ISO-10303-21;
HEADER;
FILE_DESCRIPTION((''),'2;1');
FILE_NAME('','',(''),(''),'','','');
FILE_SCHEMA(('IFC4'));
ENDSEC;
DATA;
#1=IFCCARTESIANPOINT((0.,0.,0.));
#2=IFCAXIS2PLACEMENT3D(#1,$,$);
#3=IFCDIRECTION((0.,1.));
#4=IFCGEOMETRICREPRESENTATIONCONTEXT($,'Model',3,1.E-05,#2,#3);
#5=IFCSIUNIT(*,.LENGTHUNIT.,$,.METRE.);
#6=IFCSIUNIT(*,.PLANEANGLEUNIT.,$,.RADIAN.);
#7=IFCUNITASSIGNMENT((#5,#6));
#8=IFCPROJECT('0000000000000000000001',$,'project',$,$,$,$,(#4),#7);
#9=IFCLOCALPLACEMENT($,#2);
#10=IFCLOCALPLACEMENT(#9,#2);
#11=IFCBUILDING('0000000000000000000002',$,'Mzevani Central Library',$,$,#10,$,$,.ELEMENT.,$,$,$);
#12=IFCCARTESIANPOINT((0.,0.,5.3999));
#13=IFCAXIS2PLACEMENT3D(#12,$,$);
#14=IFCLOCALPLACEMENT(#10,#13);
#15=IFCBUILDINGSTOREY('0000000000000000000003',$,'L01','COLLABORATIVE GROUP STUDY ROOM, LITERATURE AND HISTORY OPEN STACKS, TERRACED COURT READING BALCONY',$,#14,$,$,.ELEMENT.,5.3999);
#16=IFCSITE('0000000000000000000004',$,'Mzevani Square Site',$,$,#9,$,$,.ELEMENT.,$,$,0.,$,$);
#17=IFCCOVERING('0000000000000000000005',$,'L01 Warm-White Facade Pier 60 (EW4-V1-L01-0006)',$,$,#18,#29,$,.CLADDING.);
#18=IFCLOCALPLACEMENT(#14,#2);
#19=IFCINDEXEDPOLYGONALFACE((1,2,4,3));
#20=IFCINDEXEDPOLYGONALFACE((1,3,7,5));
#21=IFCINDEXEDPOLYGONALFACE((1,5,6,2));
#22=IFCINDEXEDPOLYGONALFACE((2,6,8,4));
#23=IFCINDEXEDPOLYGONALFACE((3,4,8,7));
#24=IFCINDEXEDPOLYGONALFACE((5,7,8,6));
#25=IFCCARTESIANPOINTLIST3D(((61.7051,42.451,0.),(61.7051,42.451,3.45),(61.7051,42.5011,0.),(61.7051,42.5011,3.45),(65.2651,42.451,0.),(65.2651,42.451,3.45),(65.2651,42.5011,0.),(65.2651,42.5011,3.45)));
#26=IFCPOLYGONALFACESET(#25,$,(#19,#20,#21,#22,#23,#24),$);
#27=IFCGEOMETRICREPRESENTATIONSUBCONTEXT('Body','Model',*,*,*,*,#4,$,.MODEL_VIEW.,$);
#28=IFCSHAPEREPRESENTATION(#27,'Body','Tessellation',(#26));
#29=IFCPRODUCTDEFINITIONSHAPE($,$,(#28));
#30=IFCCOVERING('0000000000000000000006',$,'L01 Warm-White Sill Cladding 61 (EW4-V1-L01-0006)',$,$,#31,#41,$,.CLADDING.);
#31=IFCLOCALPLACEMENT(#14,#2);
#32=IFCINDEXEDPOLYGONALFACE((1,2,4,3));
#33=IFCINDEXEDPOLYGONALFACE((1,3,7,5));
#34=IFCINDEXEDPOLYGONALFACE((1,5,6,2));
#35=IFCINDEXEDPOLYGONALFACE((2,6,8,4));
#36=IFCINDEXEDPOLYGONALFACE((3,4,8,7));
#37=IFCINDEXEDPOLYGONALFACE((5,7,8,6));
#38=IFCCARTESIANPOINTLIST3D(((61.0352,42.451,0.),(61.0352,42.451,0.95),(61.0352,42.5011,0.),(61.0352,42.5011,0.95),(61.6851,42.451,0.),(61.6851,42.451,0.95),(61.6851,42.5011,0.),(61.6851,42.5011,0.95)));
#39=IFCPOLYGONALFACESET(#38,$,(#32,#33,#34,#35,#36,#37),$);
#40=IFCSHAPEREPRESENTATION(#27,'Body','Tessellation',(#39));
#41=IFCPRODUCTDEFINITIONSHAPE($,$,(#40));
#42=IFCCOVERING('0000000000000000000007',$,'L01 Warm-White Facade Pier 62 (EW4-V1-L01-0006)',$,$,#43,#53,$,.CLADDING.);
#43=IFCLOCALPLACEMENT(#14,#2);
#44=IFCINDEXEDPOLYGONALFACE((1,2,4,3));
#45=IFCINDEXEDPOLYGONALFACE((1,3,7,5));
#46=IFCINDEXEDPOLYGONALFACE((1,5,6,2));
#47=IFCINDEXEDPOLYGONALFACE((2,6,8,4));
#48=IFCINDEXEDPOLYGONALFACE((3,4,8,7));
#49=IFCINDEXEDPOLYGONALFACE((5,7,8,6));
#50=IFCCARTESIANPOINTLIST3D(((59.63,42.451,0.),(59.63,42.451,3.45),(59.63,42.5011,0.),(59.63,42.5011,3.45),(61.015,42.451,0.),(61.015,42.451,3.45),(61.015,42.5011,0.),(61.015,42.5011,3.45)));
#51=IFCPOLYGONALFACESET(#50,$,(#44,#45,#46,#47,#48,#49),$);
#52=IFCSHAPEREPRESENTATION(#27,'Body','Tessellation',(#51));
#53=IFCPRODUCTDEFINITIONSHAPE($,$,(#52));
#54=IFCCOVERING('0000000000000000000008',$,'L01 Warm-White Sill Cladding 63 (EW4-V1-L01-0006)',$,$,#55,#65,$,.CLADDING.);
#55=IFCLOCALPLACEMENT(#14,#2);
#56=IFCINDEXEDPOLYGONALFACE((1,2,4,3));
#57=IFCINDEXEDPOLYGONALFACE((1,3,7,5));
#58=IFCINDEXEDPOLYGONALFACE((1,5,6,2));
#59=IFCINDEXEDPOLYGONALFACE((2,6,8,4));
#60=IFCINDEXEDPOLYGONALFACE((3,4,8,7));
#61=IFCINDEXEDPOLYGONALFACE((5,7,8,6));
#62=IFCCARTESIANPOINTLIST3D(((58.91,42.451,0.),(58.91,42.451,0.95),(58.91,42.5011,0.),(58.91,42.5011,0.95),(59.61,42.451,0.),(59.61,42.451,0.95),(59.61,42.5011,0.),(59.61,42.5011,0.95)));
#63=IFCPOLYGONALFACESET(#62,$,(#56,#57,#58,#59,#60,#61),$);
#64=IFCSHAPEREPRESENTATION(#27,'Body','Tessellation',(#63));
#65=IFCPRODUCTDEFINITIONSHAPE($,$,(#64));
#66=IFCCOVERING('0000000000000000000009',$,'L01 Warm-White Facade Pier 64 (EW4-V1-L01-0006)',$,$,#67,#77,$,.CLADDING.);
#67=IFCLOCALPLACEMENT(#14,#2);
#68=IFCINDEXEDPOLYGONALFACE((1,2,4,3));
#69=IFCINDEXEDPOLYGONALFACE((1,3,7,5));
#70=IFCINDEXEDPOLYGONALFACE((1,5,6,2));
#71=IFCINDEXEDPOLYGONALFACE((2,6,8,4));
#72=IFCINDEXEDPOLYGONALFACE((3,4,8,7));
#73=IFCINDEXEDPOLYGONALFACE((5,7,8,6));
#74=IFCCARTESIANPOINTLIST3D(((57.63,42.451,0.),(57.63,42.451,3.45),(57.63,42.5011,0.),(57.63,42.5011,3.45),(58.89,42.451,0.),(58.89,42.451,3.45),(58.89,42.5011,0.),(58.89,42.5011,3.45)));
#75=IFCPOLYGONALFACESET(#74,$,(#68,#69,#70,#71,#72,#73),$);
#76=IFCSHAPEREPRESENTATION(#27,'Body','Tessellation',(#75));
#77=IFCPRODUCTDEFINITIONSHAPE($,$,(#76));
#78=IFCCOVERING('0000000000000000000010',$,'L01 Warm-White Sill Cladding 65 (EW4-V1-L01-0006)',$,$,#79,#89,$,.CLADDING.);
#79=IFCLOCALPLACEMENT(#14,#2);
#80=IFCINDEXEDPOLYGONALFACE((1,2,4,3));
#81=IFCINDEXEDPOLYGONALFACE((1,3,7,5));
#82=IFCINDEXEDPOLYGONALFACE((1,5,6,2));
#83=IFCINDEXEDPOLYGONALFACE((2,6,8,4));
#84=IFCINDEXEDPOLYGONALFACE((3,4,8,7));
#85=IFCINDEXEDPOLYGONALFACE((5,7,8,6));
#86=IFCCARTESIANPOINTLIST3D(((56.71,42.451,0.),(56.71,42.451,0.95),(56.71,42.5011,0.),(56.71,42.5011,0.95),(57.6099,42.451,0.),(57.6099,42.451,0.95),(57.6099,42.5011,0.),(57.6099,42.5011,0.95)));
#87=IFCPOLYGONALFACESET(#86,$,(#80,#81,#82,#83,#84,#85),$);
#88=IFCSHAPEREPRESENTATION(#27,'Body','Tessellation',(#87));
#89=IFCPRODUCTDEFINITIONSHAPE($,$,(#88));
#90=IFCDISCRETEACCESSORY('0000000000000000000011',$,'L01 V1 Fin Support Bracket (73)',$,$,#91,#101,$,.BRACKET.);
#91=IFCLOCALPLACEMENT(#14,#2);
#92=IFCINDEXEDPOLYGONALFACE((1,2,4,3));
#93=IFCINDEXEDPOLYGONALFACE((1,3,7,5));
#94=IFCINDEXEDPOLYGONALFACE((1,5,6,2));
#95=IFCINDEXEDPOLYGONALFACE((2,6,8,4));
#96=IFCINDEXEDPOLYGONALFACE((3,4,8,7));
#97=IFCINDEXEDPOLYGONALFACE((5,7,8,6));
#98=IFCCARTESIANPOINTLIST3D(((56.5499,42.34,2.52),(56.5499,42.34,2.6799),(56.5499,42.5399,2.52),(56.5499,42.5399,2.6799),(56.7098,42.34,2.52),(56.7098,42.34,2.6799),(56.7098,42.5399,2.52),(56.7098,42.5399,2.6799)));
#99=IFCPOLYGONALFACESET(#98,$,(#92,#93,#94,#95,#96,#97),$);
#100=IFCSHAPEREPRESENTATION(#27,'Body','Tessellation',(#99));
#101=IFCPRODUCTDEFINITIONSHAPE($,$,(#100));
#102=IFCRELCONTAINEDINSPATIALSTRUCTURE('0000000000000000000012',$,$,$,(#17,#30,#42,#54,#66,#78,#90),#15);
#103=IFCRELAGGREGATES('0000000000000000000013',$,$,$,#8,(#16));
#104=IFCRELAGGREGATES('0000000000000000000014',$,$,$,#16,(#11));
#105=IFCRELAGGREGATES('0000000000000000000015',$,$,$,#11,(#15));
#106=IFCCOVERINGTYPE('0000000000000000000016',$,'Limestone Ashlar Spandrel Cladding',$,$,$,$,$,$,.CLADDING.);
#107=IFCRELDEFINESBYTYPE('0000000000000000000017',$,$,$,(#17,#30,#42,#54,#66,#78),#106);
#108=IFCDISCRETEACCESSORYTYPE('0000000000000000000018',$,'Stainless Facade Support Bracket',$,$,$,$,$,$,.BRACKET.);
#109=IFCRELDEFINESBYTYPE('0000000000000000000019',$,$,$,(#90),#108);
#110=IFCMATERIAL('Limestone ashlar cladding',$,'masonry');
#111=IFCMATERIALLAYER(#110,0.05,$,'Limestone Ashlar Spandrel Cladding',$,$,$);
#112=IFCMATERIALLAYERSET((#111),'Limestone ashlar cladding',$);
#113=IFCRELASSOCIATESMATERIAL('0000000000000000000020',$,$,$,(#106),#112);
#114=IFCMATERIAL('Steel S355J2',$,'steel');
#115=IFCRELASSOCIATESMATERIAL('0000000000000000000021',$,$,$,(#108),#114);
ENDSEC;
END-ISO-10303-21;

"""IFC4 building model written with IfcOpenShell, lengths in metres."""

from ifc_helpers import new_model, si_unit, direction, frame, origin, origin_2d, place, context, subcontext, project, spatial, rectangle, extrude, material, layer, layer_set, type_object, element, save


model = new_model("IFC4")

# Units and contexts
model_context = context("Model", 3, precision=1e-05, world=origin(), true_north=direction((0.0, 1.0)))
body_context = subcontext(model_context, "Body", "Model", "MODEL_VIEW")
ifc_project = project(units=[si_unit("LENGTHUNIT", "METRE"), si_unit("PLANEANGLEUNIT", "RADIAN")], contexts=[model_context])

# Site, building, storey
site_placement = place(None, origin())
site = spatial("IfcSite", under=ifc_project, at=site_placement, Name="Mzevani Square Site", CompositionType="ELEMENT", RefElevation=0.0)
building_placement = place(site_placement, origin())
building = spatial("IfcBuilding", under=site, at=building_placement, Name="Mzevani Central Library", CompositionType="ELEMENT")
storey_placement = place(building_placement, frame((0.0, 0.0, 5.3999)))
storey = spatial("IfcBuildingStorey", under=building, at=storey_placement, Name="L01", Description="COLLABORATIVE GROUP STUDY ROOM, LITERATURE AND HISTORY OPEN STACKS, TERRACED COURT READING BALCONY", CompositionType="ELEMENT", Elevation=5.3999)

# Coverings
ifc_material_1 = material(Name="Limestone ashlar cladding", Category="masonry")
ifc_layer_1 = layer(ifc_material_1, 0.05, Name="Limestone Ashlar Spandrel Cladding")
ifc_layer_set_1 = layer_set([ifc_layer_1], Name="Limestone ashlar cladding")
covering_type = type_object("IfcCoveringType", Name="Limestone Ashlar Spandrel Cladding", PredefinedType="CLADDING", material=ifc_layer_set_1)
covering_1_placement = place(storey_placement, frame((63.4851, 42.4761, 0.0), z_axis=(0.0, 0.0, 1.0), x_axis=(-1.0, 0.0, 0.0)))
element("IfcCovering", 1, at=covering_1_placement, inside=storey, type_object=covering_type, Name="L01 Warm-White Facade Pier 60 (EW4-V1-L01-0006)", PredefinedType="CLADDING", context=body_context, shape_type="SweptSolid", body=[
    extrude(rectangle(XDim=3.5601, YDim=0.05, at=origin_2d()), origin(), (0.0, 0.0, 1.0), 3.45),
])
covering_2_placement = place(storey_placement, frame((61.3601, 42.4761, 0.0), z_axis=(0.0, 0.0, 1.0), x_axis=(-1.0, 0.0, 0.0)))
element("IfcCovering", 2, at=covering_2_placement, inside=storey, type_object=covering_type, Name="L01 Warm-White Sill Cladding 61 (EW4-V1-L01-0006)", PredefinedType="CLADDING", context=body_context, shape_type="SweptSolid", body=[
    extrude(rectangle(XDim=0.6499, YDim=0.05, at=origin_2d()), origin(), (0.0, 0.0, 1.0), 0.95),
])
covering_3_placement = place(storey_placement, frame((60.3225, 42.4761, 0.0), z_axis=(0.0, 0.0, 1.0), x_axis=(-1.0, 0.0, 0.0)))
element("IfcCovering", 3, at=covering_3_placement, inside=storey, type_object=covering_type, Name="L01 Warm-White Facade Pier 62 (EW4-V1-L01-0006)", PredefinedType="CLADDING", context=body_context, shape_type="SweptSolid", body=[
    extrude(rectangle(XDim=1.385, YDim=0.05, at=origin_2d()), origin(), (0.0, 0.0, 1.0), 3.45),
])
covering_4_placement = place(storey_placement, frame((59.26, 42.4761, 0.0), z_axis=(0.0, 0.0, 1.0), x_axis=(-1.0, 0.0, 0.0)))
element("IfcCovering", 4, at=covering_4_placement, inside=storey, type_object=covering_type, Name="L01 Warm-White Sill Cladding 63 (EW4-V1-L01-0006)", PredefinedType="CLADDING", context=body_context, shape_type="SweptSolid", body=[
    extrude(rectangle(XDim=0.7, YDim=0.05, at=origin_2d()), origin(), (0.0, 0.0, 1.0), 0.95),
])
covering_5_placement = place(storey_placement, frame((58.26, 42.4761, 0.0), z_axis=(0.0, 0.0, 1.0), x_axis=(-1.0, 0.0, 0.0)))
element("IfcCovering", 5, at=covering_5_placement, inside=storey, type_object=covering_type, Name="L01 Warm-White Facade Pier 64 (EW4-V1-L01-0006)", PredefinedType="CLADDING", context=body_context, shape_type="SweptSolid", body=[
    extrude(rectangle(XDim=1.26, YDim=0.05, at=origin_2d()), origin(), (0.0, 0.0, 1.0), 3.45),
])
covering_6_placement = place(storey_placement, frame((57.1599, 42.4761, 0.0), z_axis=(0.0, 0.0, 1.0), x_axis=(-1.0, 0.0, 0.0)))
element("IfcCovering", 6, at=covering_6_placement, inside=storey, type_object=covering_type, Name="L01 Warm-White Sill Cladding 65 (EW4-V1-L01-0006)", PredefinedType="CLADDING", context=body_context, shape_type="SweptSolid", body=[
    extrude(rectangle(XDim=0.8999, YDim=0.05, at=origin_2d()), origin(), (0.0, 0.0, 1.0), 0.95),
])

# Discrete accessory
ifc_material_2 = material(Name="Steel S355J2", Category="steel")
discrete_accessory_type = type_object("IfcDiscreteAccessoryType", Name="Stainless Facade Support Bracket", PredefinedType="BRACKET", material=ifc_material_2)
discrete_accessory_placement = place(storey_placement, frame((56.6299, 42.4399, 2.52), z_axis=(0.0, 0.0, 1.0), x_axis=(-1.0, 0.0, 0.0)))
element("IfcDiscreteAccessory", 7, at=discrete_accessory_placement, inside=storey, type_object=discrete_accessory_type, Name="L01 V1 Fin Support Bracket (73)", PredefinedType="BRACKET", context=body_context, shape_type="SweptSolid", body=[
    extrude(rectangle(XDim=0.1599, YDim=0.2, at=origin_2d()), origin(), (0.0, 0.0, 1.0), 0.1599),
])

save(model, "model.ifc")
